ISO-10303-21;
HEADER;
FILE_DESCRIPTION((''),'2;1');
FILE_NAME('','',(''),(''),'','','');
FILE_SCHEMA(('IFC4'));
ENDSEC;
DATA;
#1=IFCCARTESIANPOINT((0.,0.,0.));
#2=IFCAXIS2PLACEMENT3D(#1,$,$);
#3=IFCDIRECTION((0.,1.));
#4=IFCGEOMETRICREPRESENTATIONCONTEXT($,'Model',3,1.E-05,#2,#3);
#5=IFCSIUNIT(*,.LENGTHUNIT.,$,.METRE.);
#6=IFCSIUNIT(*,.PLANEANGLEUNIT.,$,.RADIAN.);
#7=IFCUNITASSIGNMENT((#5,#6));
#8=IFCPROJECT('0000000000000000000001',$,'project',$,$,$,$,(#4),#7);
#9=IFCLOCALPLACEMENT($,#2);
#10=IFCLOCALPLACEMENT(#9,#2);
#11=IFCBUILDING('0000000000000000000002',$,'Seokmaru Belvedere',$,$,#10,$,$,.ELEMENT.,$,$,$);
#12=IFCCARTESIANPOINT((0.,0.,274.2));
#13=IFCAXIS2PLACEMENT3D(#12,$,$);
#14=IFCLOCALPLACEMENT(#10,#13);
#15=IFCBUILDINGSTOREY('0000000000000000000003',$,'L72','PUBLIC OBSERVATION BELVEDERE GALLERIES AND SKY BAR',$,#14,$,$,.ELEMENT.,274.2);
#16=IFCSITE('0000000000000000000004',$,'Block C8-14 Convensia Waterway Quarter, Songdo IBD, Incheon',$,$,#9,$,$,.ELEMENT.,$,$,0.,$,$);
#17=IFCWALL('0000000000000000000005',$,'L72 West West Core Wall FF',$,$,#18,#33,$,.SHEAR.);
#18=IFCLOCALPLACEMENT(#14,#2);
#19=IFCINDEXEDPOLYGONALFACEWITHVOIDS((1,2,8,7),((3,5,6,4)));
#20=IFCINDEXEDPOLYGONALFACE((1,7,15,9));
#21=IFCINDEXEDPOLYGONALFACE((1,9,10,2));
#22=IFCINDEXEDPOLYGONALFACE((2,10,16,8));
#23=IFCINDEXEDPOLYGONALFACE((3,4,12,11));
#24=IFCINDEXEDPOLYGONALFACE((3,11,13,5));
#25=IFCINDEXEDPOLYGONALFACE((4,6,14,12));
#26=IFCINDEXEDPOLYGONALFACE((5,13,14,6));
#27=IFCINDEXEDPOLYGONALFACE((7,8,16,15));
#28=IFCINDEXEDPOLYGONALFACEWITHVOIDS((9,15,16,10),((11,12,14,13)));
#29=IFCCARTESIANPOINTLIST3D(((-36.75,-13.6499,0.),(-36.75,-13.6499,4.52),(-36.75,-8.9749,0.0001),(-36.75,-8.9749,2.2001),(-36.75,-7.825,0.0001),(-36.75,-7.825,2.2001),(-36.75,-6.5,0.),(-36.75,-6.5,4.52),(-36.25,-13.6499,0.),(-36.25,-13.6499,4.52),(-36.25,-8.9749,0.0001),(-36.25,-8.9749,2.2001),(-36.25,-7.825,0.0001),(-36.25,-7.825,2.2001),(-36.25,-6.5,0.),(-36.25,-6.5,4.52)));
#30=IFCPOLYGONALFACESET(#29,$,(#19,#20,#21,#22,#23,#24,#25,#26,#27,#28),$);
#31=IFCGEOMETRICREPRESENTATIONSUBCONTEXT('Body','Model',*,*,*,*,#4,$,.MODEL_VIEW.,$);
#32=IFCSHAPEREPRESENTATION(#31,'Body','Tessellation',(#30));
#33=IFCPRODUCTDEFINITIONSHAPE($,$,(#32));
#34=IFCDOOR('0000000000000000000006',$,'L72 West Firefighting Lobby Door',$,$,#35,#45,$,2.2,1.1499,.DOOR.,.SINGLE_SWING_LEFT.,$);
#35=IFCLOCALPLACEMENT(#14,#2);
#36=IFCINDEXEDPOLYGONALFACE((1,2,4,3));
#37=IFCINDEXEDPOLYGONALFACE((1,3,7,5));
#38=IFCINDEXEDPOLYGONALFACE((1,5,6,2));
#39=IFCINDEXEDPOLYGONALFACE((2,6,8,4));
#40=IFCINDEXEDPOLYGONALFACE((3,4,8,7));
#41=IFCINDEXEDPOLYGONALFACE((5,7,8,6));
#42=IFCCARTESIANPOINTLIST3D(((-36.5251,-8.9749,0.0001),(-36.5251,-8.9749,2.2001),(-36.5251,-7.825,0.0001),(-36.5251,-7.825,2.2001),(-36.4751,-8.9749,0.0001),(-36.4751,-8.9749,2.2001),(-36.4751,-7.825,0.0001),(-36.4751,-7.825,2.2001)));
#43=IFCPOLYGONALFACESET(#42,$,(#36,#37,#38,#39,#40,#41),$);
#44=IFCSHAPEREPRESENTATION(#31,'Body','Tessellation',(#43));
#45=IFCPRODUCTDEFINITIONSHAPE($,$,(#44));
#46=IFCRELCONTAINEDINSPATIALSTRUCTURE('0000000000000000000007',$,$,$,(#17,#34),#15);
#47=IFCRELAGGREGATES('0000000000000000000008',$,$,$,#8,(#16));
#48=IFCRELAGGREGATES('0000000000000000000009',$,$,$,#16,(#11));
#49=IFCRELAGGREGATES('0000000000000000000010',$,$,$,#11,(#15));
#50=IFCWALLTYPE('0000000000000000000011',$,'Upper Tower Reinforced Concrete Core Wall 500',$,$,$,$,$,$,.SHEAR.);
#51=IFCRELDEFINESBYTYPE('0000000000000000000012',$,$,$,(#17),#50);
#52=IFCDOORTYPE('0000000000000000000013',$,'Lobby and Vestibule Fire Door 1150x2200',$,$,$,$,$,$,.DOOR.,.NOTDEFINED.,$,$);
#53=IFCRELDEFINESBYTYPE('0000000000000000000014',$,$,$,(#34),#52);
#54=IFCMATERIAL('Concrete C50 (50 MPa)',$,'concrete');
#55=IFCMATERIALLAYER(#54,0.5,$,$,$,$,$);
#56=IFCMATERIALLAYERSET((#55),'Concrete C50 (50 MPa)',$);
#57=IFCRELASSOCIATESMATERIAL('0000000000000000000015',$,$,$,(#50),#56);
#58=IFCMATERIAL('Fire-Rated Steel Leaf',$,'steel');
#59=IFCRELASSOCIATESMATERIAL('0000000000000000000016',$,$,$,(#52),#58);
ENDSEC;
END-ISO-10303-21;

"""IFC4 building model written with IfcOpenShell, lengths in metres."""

from ifc_helpers import new_model, si_unit, direction, frame, frame_2d, origin, place, context, subcontext, project, spatial, rectangle, extrude, source, transform, mapped, material, layer, layer_set, type_object, type_shapes, element, fill, save


model = new_model("IFC4")

# Units and contexts
model_context = context("Model", 3, precision=1e-05, world=origin(), true_north=direction((0.0, 1.0)))
body_context = subcontext(model_context, "Body", "Model", "MODEL_VIEW")
ifc_project = project(units=[si_unit("LENGTHUNIT", "METRE"), si_unit("PLANEANGLEUNIT", "RADIAN")], contexts=[model_context])

# Site, building, storey
site_placement = place(None, origin())
site = spatial("IfcSite", under=ifc_project, at=site_placement, Name="Block C8-14 Convensia Waterway Quarter, Songdo IBD, Incheon", CompositionType="ELEMENT", RefElevation=0.0)
building_placement = place(site_placement, origin())
building = spatial("IfcBuilding", under=site, at=building_placement, Name="Seokmaru Belvedere", CompositionType="ELEMENT")
storey_placement = place(building_placement, frame((0.0, 0.0, 274.2)))
storey = spatial("IfcBuildingStorey", under=building, at=storey_placement, Name="L72", Description="PUBLIC OBSERVATION BELVEDERE GALLERIES AND SKY BAR", CompositionType="ELEMENT", Elevation=274.2)

# Wall, opening, door
ifc_material_1 = material(Name="Concrete C50 (50 MPa)", Category="concrete")
ifc_layer_1 = layer(ifc_material_1, 0.5)
ifc_layer_set_1 = layer_set([ifc_layer_1], Name="Concrete C50 (50 MPa)")
wall_type = type_object("IfcWallType", Name="Upper Tower Reinforced Concrete Core Wall 500", PredefinedType="SHEAR", material=ifc_layer_set_1)
wall_placement = place(storey_placement, frame((-36.5, -13.6499, 0.0), z_axis=(0.0, 0.0, 1.0), x_axis=(0.0, 1.0, 0.0)))
wall = element("IfcWall", 1, at=wall_placement, inside=storey, type_object=wall_type, Name="L72 West West Core Wall FF", PredefinedType="SHEAR", context=body_context, shape_type="SweptSolid", body=[
    extrude(rectangle(XDim=7.1499, YDim=0.5, at=frame_2d((3.575, 0.0))), origin(), (0.0, 0.0, 1.0), 4.52),
])
opening_placement = place(wall_placement, frame((4.675, 0.0, 0.0)))
opening = element("IfcOpeningElement", 2, at=opening_placement, cuts=wall, PredefinedType="OPENING", context=body_context, shape_type="SweptSolid", body=[
    extrude(rectangle(XDim=1.1499, YDim=2.2, at=frame_2d((0.575, 1.1001))), frame((0.0, 0.26, 0.0), z_axis=(0.0, -1.0, 0.0), x_axis=(1.0, 0.0, 0.0)), (0.0, 0.0, 1.0), 0.52),
])
ifc_material_2 = material(Name="Fire-Rated Steel Leaf", Category="steel")
door_type = type_object("IfcDoorType", Name="Lobby and Vestibule Fire Door 1150x2200", OperationType="NOTDEFINED", PredefinedType="DOOR", material=ifc_material_2)
shared_shape_1 = source(origin(), body_context, "Body", "SweptSolid", [
    extrude(rectangle(XDim=1.1499, YDim=2.2, at=frame_2d((0.575, 1.1001))), frame((0.0, 0.0249, 0.0), z_axis=(0.0, -1.0, 0.0), x_axis=(1.0, 0.0, 0.0)), (0.0, 0.0, 1.0), 0.05),
])
type_shapes(door_type, [shared_shape_1])
door_placement = place(opening_placement, frame((1.1499, 0.0, 0.0), z_axis=(0.0, 0.0, 1.0), x_axis=(-1.0, 0.0, 0.0)))
door = element("IfcDoor", 3, at=door_placement, inside=storey, type_object=door_type, Name="L72 West Firefighting Lobby Door", OperationType="SINGLE_SWING_LEFT", OverallHeight=2.2, OverallWidth=1.1499, PredefinedType="DOOR", context=body_context, shape_type="MappedRepresentation", body=[
    mapped(shared_shape_1, transform((0.0, 0.0, 0.0), scale=1.0)),
])
fill(opening, door)

save(model, "model.ifc")
